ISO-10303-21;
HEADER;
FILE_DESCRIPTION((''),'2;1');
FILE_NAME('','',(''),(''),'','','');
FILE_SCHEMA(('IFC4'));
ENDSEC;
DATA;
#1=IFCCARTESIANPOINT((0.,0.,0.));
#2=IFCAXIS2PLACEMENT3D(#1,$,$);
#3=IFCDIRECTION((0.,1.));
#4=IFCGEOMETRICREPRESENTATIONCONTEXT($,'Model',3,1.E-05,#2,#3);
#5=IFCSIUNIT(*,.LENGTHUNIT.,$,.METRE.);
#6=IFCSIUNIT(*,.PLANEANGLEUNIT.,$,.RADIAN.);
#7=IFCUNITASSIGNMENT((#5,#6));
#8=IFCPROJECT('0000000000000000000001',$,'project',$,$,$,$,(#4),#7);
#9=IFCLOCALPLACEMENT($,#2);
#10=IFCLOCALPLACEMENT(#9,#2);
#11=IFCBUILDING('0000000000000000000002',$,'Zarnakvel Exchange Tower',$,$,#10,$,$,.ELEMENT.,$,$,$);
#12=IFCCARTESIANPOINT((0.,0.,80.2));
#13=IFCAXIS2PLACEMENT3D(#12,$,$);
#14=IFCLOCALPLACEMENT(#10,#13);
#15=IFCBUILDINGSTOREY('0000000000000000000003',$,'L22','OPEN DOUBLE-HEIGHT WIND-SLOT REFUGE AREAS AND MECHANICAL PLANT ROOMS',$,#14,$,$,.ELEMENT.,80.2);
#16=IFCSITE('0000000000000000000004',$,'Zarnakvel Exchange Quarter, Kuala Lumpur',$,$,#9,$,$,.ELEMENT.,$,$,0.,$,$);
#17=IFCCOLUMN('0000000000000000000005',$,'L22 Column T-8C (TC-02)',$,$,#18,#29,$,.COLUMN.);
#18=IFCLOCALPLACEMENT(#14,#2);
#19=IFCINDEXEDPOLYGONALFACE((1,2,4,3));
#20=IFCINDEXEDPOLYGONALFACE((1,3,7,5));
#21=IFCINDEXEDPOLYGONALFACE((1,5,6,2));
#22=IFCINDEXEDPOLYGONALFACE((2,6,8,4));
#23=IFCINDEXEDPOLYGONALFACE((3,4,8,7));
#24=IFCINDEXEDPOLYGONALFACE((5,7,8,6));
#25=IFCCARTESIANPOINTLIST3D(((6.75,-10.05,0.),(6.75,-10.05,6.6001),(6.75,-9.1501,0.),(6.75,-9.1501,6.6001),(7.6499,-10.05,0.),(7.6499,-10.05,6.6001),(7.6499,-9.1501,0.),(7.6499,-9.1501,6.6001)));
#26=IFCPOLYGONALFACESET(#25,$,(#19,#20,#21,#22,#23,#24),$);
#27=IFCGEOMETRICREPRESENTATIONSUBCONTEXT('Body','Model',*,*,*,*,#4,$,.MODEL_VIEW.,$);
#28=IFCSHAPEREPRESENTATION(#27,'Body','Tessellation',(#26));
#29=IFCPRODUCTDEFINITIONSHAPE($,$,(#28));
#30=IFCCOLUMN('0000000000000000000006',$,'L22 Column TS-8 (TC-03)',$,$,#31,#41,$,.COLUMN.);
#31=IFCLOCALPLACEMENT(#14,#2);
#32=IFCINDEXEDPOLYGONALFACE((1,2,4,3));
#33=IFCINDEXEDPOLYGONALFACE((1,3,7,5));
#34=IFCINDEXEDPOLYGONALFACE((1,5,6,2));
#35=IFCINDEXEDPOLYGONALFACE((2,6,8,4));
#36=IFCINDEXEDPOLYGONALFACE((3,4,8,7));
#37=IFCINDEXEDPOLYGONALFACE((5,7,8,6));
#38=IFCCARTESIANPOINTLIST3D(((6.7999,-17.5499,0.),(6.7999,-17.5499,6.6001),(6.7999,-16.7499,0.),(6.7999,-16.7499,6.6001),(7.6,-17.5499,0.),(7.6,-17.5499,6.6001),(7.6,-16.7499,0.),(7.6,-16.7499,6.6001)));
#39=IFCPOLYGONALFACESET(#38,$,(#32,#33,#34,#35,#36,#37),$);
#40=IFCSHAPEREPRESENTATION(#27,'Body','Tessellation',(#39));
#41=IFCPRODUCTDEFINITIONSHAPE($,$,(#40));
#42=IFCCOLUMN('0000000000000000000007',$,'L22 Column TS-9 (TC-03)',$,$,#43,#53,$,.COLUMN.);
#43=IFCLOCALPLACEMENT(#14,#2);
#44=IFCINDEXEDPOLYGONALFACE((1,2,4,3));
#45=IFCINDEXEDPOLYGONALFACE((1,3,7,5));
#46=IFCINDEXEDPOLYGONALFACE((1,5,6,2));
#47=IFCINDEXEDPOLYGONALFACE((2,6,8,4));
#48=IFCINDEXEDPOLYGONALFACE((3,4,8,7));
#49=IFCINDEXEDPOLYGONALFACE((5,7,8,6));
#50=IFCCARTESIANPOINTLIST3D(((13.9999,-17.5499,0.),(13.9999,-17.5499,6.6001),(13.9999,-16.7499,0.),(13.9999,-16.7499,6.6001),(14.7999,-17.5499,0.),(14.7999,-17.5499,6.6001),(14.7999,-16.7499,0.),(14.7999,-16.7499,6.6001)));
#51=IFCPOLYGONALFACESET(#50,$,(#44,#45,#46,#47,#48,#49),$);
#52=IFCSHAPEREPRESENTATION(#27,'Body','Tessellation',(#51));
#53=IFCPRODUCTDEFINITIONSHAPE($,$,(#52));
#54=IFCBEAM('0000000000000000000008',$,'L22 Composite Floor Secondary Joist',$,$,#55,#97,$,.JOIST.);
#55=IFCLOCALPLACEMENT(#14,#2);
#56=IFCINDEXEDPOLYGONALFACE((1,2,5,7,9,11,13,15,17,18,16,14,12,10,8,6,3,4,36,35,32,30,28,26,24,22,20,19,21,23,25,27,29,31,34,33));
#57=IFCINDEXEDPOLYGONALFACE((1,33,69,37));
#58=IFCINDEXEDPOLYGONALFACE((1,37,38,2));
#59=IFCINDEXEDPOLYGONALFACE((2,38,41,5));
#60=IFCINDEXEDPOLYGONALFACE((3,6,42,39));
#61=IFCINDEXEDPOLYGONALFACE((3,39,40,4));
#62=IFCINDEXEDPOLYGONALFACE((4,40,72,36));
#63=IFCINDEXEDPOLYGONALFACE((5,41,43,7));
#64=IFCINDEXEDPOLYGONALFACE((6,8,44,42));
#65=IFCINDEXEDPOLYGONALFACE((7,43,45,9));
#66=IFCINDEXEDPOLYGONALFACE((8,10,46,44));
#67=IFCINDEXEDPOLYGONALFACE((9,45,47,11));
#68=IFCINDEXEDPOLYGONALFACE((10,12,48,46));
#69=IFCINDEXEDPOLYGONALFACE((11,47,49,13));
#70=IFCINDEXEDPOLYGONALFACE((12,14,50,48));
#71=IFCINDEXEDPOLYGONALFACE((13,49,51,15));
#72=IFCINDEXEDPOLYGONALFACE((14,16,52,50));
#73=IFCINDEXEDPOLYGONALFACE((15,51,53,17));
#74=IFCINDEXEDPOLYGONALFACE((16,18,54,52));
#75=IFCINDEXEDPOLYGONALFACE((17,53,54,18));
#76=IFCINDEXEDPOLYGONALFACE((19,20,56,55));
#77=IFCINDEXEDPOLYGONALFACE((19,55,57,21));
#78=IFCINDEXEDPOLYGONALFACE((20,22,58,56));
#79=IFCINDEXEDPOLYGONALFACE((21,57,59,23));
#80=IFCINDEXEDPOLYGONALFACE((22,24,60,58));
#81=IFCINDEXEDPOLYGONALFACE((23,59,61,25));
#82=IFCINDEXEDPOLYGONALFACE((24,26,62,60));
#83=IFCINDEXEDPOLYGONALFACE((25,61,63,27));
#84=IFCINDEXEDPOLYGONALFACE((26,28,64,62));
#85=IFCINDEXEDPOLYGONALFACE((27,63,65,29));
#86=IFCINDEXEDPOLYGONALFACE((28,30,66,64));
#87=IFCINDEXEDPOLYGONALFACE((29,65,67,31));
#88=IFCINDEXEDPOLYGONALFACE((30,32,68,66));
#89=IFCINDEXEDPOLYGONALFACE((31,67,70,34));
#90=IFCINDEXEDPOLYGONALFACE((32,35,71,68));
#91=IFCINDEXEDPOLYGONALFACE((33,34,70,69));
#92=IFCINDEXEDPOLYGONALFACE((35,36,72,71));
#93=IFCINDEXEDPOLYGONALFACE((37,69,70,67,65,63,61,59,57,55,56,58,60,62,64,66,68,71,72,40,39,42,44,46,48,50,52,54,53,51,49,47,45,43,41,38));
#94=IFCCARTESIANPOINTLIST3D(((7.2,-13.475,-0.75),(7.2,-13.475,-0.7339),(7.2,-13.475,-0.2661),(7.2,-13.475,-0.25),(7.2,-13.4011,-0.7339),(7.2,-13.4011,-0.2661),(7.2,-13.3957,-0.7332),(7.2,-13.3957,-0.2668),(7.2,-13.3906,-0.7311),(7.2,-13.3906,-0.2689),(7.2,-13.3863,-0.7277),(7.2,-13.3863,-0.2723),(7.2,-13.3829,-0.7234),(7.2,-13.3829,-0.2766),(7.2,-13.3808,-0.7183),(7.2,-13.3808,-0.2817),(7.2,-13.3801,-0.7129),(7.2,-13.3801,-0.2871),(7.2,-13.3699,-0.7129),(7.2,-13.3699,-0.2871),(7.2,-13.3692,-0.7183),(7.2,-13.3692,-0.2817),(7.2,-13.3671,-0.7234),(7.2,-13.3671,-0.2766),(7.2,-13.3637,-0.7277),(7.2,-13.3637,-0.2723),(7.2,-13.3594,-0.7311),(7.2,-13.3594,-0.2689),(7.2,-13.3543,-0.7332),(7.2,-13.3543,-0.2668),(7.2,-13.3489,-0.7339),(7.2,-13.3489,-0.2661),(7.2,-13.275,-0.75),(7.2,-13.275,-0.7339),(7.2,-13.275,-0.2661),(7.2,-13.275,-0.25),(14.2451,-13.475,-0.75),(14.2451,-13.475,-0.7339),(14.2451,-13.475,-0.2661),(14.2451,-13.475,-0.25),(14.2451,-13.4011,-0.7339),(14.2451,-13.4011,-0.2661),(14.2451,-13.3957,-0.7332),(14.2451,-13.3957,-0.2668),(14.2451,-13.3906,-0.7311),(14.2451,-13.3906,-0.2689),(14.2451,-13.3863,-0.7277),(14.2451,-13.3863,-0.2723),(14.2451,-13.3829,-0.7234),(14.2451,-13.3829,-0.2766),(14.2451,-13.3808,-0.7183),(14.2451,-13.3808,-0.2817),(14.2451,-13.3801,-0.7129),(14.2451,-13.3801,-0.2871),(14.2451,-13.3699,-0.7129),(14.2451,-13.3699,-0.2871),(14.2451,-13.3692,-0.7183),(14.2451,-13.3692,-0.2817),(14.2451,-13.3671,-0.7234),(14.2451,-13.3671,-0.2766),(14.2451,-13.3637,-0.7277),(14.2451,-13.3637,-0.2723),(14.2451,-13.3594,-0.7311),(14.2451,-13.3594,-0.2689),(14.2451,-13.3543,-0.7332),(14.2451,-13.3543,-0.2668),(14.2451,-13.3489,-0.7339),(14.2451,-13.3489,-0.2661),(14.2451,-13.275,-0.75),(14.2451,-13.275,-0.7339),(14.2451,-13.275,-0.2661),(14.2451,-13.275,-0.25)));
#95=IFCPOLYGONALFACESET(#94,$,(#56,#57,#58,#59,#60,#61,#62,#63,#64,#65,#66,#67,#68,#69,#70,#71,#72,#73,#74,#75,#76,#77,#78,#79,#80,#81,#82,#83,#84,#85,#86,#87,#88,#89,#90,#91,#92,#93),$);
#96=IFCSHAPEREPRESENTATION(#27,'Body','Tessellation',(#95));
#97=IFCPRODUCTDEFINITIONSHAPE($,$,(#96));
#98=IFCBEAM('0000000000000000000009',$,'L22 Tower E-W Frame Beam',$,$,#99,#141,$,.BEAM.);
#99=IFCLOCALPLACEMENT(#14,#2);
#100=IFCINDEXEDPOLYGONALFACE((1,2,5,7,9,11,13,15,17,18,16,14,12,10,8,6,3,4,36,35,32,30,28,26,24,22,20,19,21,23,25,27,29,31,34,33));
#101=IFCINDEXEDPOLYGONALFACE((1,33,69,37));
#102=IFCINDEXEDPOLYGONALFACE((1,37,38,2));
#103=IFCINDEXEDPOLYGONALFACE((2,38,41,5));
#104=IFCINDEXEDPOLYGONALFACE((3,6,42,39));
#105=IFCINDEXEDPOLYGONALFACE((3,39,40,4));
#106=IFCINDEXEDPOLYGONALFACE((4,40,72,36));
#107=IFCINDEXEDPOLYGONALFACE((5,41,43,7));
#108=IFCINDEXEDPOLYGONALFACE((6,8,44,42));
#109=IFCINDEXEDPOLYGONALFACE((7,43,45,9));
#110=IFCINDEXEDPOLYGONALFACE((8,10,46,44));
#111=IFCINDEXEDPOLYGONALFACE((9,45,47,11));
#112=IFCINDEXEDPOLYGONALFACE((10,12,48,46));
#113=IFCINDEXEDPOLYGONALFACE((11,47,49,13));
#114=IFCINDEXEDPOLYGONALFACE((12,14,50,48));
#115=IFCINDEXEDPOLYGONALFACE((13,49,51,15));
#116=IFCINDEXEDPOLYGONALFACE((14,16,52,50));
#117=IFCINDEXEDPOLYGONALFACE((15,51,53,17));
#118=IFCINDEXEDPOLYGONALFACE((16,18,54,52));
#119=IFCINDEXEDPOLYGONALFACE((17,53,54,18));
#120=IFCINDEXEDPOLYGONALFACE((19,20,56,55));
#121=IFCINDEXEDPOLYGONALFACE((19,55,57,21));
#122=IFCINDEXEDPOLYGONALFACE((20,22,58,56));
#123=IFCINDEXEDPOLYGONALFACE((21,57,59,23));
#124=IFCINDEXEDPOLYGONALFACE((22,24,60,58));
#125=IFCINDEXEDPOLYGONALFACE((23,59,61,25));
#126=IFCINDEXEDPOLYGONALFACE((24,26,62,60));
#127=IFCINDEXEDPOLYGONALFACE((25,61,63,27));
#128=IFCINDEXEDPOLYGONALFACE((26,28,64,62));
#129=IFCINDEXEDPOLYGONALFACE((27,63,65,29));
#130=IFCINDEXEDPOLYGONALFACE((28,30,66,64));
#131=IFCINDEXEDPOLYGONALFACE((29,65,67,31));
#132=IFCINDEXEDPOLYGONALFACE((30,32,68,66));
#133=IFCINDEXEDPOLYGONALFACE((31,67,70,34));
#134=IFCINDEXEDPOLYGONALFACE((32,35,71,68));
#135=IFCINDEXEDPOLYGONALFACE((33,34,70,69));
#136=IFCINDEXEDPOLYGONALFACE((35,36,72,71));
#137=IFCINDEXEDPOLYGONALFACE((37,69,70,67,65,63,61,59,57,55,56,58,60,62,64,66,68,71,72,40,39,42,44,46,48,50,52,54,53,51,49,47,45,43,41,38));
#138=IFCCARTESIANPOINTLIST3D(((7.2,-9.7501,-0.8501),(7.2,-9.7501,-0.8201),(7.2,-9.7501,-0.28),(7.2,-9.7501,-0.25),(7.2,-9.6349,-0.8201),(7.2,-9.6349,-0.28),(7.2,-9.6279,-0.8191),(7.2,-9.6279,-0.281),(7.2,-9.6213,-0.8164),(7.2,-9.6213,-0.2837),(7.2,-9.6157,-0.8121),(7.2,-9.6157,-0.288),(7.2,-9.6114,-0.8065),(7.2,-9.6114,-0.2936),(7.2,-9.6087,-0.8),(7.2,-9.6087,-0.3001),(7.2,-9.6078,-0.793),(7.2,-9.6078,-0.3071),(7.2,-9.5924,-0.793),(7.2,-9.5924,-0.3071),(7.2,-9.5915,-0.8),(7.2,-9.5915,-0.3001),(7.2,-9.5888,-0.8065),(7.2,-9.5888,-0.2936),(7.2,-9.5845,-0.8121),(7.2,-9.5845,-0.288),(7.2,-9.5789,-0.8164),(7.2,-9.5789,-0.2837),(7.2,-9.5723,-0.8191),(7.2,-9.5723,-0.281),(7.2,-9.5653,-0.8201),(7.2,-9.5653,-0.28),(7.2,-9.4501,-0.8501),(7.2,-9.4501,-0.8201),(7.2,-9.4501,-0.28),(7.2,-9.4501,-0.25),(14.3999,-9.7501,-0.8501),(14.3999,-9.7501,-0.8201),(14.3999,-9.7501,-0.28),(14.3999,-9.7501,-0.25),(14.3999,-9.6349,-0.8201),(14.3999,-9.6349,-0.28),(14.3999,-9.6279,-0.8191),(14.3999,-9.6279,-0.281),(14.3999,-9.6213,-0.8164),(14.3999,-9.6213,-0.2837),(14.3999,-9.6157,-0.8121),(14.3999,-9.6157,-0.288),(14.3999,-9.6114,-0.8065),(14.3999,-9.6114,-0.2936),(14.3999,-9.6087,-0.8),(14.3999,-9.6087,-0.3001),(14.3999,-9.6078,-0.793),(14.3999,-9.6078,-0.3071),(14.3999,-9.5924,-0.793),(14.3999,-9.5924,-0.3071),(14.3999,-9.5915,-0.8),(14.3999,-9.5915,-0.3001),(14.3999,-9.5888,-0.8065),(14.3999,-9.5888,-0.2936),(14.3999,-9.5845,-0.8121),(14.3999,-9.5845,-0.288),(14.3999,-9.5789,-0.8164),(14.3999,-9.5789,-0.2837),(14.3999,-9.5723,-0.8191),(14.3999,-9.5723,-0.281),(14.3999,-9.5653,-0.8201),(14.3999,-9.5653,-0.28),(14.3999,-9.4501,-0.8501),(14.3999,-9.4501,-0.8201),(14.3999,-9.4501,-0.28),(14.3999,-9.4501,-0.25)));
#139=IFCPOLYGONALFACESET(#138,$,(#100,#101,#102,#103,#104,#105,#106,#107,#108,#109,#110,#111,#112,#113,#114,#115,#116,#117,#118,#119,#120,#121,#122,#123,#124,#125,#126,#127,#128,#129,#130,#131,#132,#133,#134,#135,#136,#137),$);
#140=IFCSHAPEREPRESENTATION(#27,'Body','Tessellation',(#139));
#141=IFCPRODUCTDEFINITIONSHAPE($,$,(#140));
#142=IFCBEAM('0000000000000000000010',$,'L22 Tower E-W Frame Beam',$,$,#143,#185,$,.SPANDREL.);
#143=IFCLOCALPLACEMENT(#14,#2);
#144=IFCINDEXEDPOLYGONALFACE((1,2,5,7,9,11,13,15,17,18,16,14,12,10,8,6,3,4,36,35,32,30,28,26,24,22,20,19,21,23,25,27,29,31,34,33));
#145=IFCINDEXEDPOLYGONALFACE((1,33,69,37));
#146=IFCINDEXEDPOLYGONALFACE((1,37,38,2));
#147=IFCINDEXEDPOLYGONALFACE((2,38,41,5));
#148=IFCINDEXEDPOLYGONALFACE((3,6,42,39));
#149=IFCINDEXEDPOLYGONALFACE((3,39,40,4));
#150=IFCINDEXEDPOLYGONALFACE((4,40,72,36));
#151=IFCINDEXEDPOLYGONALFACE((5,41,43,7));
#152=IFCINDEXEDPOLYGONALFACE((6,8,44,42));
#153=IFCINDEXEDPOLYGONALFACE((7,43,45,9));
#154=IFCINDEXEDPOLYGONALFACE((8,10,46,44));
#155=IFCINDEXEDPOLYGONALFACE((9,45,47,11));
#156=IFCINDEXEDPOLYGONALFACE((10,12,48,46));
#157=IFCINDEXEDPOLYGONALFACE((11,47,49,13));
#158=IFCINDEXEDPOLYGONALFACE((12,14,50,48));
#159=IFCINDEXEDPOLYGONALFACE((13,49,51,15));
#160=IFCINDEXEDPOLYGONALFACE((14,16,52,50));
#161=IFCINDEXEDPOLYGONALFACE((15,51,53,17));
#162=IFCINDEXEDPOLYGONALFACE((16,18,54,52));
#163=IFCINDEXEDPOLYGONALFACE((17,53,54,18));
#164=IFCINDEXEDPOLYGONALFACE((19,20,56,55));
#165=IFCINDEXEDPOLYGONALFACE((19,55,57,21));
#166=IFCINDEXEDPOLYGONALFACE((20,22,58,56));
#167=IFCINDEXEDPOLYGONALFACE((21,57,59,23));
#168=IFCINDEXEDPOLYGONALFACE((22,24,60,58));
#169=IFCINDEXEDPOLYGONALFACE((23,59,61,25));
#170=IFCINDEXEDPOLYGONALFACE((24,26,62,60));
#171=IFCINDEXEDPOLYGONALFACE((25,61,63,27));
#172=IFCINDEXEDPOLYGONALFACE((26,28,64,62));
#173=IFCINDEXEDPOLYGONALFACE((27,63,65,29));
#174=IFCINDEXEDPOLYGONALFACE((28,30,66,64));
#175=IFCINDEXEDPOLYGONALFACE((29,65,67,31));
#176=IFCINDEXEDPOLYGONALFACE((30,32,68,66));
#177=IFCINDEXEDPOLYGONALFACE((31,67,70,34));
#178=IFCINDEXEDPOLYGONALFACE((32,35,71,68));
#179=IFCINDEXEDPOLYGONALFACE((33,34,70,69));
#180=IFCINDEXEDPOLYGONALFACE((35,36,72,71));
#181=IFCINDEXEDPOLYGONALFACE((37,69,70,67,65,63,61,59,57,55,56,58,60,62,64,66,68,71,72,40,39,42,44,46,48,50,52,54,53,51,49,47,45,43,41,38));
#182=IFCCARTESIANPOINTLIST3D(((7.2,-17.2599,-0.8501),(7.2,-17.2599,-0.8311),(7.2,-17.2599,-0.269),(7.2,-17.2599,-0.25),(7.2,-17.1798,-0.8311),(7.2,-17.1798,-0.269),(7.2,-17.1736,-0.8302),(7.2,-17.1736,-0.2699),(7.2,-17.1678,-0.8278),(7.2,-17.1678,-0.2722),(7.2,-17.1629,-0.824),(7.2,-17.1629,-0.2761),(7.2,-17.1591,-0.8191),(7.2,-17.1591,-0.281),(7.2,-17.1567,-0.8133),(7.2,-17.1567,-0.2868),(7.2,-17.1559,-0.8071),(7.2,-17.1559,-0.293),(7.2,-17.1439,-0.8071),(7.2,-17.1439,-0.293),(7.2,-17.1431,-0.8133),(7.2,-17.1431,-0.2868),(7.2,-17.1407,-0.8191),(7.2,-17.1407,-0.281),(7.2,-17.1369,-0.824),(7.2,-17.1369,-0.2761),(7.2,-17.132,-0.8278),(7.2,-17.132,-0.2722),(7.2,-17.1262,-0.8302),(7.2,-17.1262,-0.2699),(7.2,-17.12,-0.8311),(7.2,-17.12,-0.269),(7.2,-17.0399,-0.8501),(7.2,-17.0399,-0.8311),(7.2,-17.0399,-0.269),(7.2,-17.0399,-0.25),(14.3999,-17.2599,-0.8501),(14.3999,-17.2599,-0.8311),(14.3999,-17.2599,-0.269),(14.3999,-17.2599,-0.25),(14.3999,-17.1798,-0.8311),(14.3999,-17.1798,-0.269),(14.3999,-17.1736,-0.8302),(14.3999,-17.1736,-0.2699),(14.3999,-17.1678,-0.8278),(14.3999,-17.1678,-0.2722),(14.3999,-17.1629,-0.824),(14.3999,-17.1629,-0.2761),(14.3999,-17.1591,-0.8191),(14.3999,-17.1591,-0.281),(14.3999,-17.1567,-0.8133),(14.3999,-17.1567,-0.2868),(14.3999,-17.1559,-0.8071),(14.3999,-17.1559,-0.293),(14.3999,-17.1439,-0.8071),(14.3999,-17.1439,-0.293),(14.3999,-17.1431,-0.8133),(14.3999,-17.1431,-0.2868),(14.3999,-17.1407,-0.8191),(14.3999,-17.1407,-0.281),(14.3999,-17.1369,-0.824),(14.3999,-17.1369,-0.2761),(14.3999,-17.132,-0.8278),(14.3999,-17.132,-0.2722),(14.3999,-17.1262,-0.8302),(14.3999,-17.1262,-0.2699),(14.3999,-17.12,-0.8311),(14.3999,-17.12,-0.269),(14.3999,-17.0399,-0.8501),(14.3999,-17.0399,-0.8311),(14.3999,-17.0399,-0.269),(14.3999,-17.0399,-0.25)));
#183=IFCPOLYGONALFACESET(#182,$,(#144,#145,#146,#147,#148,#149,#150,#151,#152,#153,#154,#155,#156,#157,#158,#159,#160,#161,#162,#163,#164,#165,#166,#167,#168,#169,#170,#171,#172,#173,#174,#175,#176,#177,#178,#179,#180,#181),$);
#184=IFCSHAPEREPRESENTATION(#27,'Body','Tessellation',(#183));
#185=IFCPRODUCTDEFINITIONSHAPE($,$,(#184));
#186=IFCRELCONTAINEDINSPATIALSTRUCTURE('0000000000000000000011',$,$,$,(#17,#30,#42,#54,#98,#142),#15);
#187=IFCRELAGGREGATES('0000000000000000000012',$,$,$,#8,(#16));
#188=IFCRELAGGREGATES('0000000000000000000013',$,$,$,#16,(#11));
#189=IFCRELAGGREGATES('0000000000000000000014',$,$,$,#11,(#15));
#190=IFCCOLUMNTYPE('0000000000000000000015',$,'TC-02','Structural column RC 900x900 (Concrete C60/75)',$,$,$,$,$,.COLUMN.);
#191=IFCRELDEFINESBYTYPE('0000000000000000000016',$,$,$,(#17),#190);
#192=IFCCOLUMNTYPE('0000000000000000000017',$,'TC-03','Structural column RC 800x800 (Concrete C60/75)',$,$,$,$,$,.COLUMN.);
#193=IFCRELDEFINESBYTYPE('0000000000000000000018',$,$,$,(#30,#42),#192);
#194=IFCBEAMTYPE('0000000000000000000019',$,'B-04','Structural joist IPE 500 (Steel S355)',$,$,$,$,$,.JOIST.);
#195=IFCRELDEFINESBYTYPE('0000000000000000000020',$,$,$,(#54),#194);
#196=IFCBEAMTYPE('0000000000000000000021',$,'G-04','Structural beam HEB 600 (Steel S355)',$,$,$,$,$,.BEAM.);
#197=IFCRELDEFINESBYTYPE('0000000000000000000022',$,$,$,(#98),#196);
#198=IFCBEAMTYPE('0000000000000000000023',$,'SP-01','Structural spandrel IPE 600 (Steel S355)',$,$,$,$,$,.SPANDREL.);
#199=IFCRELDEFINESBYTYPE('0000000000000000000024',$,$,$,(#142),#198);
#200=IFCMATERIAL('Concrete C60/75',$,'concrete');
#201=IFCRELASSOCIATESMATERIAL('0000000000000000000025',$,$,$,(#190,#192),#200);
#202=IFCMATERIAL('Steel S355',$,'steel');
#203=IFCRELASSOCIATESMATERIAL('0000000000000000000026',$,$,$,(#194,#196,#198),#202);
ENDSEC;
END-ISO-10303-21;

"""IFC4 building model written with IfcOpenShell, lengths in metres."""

from ifc_helpers import new_model, si_unit, direction, frame, origin, origin_2d, place, context, subcontext, project, spatial, rectangle, i_section, extrude, material, material_profile, profile_set, type_object, element, save


model = new_model("IFC4")

# Units and contexts
model_context = context("Model", 3, precision=1e-05, world=origin(), true_north=direction((0.0, 1.0)))
body_context = subcontext(model_context, "Body", "Model", "MODEL_VIEW")
ifc_project = project(units=[si_unit("LENGTHUNIT", "METRE"), si_unit("PLANEANGLEUNIT", "RADIAN")], contexts=[model_context])

# Site, building, storey
site_placement = place(None, origin())
site = spatial("IfcSite", under=ifc_project, at=site_placement, Name="Zarnakvel Exchange Quarter, Kuala Lumpur", CompositionType="ELEMENT", RefElevation=0.0)
building_placement = place(site_placement, origin())
building = spatial("IfcBuilding", under=site, at=building_placement, Name="Zarnakvel Exchange Tower", CompositionType="ELEMENT")
storey_placement = place(building_placement, frame((0.0, 0.0, 80.2)))
storey = spatial("IfcBuildingStorey", under=building, at=storey_placement, Name="L22", Description="OPEN DOUBLE-HEIGHT WIND-SLOT REFUGE AREAS AND MECHANICAL PLANT ROOMS", CompositionType="ELEMENT", Elevation=80.2)

# Columns
ifc_material_1 = material(Name="Concrete C60/75", Category="concrete")
ifc_material_profile_1 = material_profile(ifc_material_1, rectangle(XDim=0.8999, YDim=0.8999, at=origin_2d()))
ifc_profile_set_1 = profile_set([ifc_material_profile_1], Name="Concrete C60/75")
column_type_1 = type_object("IfcColumnType", Name="TC-02", Description="Structural column RC 900x900 (Concrete C60/75)", PredefinedType="COLUMN", material=ifc_profile_set_1)
column_placement = place(storey_placement, frame((7.2, -9.6001, 0.0), z_axis=(0.0, 0.0, 1.0), x_axis=(1.0, 0.0, 0.0)))
element("IfcColumn", 1, at=column_placement, inside=storey, type_object=column_type_1, Name="L22 Column T-8C (TC-02)", PredefinedType="COLUMN", context=body_context, shape_type="SweptSolid", body=[
    extrude(rectangle(XDim=0.8999, YDim=0.8999, at=origin_2d()), origin(), (0.0, 0.0, 1.0), 6.6001),
])
ifc_material_profile_2 = material_profile(ifc_material_1, rectangle(XDim=0.8, YDim=0.8, at=origin_2d()))
ifc_profile_set_2 = profile_set([ifc_material_profile_2], Name="Concrete C60/75")
column_type_2 = type_object("IfcColumnType", Name="TC-03", Description="Structural column RC 800x800 (Concrete C60/75)", PredefinedType="COLUMN", material=ifc_profile_set_2)
for number, where, z_axis, x_axis, name in (
    (2, (7.2, -17.1499, 0.0), (0.0, 0.0, 1.0), (1.0, 0.0, 0.0), "L22 Column TS-8 (TC-03)"),
    (3, (14.3999, -17.1499, 0.0), (0.0, 0.0, 1.0), (1.0, 0.0, 0.0), "L22 Column TS-9 (TC-03)"),
):
    element("IfcColumn", number, at=place(storey_placement, frame(where, z_axis=z_axis, x_axis=x_axis)), inside=storey, type_object=column_type_2, Name=name, PredefinedType="COLUMN", context=body_context, shape_type="SweptSolid", body=[
        extrude(rectangle(XDim=0.8, YDim=0.8, at=origin_2d()), origin(), (0.0, 0.0, 1.0), 6.6001),
    ])

# Beams
ifc_material_2 = material(Name="Steel S355", Category="steel")
ifc_material_profile_3 = material_profile(ifc_material_2, i_section(OverallWidth=0.2, OverallDepth=0.5, WebThickness=0.0103, FlangeThickness=0.0161, FilletRadius=0.021, at=origin_2d()))
ifc_profile_set_3 = profile_set([ifc_material_profile_3], Name="Steel S355")
beam_type_1 = type_object("IfcBeamType", Name="B-04", Description="Structural joist IPE 500 (Steel S355)", PredefinedType="JOIST", material=ifc_profile_set_3)
beam_1_placement = place(storey_placement, frame((7.2, -13.375, -0.5), z_axis=(1.0, 0.0, 0.0), x_axis=(0.0, 1.0, 0.0)))
element("IfcBeam", 4, at=beam_1_placement, inside=storey, type_object=beam_type_1, Name="L22 Composite Floor Secondary Joist", PredefinedType="JOIST", context=body_context, shape_type="SweptSolid", body=[
    extrude(i_section(OverallWidth=0.2, OverallDepth=0.5, WebThickness=0.0103, FlangeThickness=0.0161, FilletRadius=0.021, at=origin_2d()), origin(), (0.0, 0.0, 1.0), 7.0452),
])
ifc_material_profile_4 = material_profile(ifc_material_2, i_section(OverallWidth=0.3, OverallDepth=0.6001, WebThickness=0.0154, FlangeThickness=0.03, FilletRadius=0.0271, at=origin_2d()))
ifc_profile_set_4 = profile_set([ifc_material_profile_4], Name="Steel S355")
beam_type_2 = type_object("IfcBeamType", Name="G-04", Description="Structural beam HEB 600 (Steel S355)", PredefinedType="BEAM", material=ifc_profile_set_4)
beam_2_placement = place(storey_placement, frame((7.2, -9.6001, -0.55), z_axis=(1.0, 0.0, 0.0), x_axis=(0.0, 1.0, 0.0)))
element("IfcBeam", 5, at=beam_2_placement, inside=storey, type_object=beam_type_2, Name="L22 Tower E-W Frame Beam", PredefinedType="BEAM", context=body_context, shape_type="SweptSolid", body=[
    extrude(i_section(OverallWidth=0.3, OverallDepth=0.6001, WebThickness=0.0154, FlangeThickness=0.03, FilletRadius=0.0271, at=origin_2d()), origin(), (0.0, 0.0, 1.0), 7.2),
])
ifc_material_profile_5 = material_profile(ifc_material_2, i_section(OverallWidth=0.22, OverallDepth=0.6001, WebThickness=0.012, FlangeThickness=0.019, FilletRadius=0.0239, at=origin_2d()))
ifc_profile_set_5 = profile_set([ifc_material_profile_5], Name="Steel S355")
beam_type_3 = type_object("IfcBeamType", Name="SP-01", Description="Structural spandrel IPE 600 (Steel S355)", PredefinedType="SPANDREL", material=ifc_profile_set_5)
beam_3_placement = place(storey_placement, frame((7.2, -17.1499, -0.55), z_axis=(1.0, 0.0, 0.0), x_axis=(0.0, 1.0, 0.0)))
element("IfcBeam", 6, at=beam_3_placement, inside=storey, type_object=beam_type_3, Name="L22 Tower E-W Frame Beam", PredefinedType="SPANDREL", context=body_context, shape_type="SweptSolid", body=[
    extrude(i_section(OverallWidth=0.22, OverallDepth=0.6001, WebThickness=0.012, FlangeThickness=0.019, FilletRadius=0.0239, at=origin_2d()), origin(), (0.0, 0.0, 1.0), 7.2),
])

save(model, "model.ifc")
